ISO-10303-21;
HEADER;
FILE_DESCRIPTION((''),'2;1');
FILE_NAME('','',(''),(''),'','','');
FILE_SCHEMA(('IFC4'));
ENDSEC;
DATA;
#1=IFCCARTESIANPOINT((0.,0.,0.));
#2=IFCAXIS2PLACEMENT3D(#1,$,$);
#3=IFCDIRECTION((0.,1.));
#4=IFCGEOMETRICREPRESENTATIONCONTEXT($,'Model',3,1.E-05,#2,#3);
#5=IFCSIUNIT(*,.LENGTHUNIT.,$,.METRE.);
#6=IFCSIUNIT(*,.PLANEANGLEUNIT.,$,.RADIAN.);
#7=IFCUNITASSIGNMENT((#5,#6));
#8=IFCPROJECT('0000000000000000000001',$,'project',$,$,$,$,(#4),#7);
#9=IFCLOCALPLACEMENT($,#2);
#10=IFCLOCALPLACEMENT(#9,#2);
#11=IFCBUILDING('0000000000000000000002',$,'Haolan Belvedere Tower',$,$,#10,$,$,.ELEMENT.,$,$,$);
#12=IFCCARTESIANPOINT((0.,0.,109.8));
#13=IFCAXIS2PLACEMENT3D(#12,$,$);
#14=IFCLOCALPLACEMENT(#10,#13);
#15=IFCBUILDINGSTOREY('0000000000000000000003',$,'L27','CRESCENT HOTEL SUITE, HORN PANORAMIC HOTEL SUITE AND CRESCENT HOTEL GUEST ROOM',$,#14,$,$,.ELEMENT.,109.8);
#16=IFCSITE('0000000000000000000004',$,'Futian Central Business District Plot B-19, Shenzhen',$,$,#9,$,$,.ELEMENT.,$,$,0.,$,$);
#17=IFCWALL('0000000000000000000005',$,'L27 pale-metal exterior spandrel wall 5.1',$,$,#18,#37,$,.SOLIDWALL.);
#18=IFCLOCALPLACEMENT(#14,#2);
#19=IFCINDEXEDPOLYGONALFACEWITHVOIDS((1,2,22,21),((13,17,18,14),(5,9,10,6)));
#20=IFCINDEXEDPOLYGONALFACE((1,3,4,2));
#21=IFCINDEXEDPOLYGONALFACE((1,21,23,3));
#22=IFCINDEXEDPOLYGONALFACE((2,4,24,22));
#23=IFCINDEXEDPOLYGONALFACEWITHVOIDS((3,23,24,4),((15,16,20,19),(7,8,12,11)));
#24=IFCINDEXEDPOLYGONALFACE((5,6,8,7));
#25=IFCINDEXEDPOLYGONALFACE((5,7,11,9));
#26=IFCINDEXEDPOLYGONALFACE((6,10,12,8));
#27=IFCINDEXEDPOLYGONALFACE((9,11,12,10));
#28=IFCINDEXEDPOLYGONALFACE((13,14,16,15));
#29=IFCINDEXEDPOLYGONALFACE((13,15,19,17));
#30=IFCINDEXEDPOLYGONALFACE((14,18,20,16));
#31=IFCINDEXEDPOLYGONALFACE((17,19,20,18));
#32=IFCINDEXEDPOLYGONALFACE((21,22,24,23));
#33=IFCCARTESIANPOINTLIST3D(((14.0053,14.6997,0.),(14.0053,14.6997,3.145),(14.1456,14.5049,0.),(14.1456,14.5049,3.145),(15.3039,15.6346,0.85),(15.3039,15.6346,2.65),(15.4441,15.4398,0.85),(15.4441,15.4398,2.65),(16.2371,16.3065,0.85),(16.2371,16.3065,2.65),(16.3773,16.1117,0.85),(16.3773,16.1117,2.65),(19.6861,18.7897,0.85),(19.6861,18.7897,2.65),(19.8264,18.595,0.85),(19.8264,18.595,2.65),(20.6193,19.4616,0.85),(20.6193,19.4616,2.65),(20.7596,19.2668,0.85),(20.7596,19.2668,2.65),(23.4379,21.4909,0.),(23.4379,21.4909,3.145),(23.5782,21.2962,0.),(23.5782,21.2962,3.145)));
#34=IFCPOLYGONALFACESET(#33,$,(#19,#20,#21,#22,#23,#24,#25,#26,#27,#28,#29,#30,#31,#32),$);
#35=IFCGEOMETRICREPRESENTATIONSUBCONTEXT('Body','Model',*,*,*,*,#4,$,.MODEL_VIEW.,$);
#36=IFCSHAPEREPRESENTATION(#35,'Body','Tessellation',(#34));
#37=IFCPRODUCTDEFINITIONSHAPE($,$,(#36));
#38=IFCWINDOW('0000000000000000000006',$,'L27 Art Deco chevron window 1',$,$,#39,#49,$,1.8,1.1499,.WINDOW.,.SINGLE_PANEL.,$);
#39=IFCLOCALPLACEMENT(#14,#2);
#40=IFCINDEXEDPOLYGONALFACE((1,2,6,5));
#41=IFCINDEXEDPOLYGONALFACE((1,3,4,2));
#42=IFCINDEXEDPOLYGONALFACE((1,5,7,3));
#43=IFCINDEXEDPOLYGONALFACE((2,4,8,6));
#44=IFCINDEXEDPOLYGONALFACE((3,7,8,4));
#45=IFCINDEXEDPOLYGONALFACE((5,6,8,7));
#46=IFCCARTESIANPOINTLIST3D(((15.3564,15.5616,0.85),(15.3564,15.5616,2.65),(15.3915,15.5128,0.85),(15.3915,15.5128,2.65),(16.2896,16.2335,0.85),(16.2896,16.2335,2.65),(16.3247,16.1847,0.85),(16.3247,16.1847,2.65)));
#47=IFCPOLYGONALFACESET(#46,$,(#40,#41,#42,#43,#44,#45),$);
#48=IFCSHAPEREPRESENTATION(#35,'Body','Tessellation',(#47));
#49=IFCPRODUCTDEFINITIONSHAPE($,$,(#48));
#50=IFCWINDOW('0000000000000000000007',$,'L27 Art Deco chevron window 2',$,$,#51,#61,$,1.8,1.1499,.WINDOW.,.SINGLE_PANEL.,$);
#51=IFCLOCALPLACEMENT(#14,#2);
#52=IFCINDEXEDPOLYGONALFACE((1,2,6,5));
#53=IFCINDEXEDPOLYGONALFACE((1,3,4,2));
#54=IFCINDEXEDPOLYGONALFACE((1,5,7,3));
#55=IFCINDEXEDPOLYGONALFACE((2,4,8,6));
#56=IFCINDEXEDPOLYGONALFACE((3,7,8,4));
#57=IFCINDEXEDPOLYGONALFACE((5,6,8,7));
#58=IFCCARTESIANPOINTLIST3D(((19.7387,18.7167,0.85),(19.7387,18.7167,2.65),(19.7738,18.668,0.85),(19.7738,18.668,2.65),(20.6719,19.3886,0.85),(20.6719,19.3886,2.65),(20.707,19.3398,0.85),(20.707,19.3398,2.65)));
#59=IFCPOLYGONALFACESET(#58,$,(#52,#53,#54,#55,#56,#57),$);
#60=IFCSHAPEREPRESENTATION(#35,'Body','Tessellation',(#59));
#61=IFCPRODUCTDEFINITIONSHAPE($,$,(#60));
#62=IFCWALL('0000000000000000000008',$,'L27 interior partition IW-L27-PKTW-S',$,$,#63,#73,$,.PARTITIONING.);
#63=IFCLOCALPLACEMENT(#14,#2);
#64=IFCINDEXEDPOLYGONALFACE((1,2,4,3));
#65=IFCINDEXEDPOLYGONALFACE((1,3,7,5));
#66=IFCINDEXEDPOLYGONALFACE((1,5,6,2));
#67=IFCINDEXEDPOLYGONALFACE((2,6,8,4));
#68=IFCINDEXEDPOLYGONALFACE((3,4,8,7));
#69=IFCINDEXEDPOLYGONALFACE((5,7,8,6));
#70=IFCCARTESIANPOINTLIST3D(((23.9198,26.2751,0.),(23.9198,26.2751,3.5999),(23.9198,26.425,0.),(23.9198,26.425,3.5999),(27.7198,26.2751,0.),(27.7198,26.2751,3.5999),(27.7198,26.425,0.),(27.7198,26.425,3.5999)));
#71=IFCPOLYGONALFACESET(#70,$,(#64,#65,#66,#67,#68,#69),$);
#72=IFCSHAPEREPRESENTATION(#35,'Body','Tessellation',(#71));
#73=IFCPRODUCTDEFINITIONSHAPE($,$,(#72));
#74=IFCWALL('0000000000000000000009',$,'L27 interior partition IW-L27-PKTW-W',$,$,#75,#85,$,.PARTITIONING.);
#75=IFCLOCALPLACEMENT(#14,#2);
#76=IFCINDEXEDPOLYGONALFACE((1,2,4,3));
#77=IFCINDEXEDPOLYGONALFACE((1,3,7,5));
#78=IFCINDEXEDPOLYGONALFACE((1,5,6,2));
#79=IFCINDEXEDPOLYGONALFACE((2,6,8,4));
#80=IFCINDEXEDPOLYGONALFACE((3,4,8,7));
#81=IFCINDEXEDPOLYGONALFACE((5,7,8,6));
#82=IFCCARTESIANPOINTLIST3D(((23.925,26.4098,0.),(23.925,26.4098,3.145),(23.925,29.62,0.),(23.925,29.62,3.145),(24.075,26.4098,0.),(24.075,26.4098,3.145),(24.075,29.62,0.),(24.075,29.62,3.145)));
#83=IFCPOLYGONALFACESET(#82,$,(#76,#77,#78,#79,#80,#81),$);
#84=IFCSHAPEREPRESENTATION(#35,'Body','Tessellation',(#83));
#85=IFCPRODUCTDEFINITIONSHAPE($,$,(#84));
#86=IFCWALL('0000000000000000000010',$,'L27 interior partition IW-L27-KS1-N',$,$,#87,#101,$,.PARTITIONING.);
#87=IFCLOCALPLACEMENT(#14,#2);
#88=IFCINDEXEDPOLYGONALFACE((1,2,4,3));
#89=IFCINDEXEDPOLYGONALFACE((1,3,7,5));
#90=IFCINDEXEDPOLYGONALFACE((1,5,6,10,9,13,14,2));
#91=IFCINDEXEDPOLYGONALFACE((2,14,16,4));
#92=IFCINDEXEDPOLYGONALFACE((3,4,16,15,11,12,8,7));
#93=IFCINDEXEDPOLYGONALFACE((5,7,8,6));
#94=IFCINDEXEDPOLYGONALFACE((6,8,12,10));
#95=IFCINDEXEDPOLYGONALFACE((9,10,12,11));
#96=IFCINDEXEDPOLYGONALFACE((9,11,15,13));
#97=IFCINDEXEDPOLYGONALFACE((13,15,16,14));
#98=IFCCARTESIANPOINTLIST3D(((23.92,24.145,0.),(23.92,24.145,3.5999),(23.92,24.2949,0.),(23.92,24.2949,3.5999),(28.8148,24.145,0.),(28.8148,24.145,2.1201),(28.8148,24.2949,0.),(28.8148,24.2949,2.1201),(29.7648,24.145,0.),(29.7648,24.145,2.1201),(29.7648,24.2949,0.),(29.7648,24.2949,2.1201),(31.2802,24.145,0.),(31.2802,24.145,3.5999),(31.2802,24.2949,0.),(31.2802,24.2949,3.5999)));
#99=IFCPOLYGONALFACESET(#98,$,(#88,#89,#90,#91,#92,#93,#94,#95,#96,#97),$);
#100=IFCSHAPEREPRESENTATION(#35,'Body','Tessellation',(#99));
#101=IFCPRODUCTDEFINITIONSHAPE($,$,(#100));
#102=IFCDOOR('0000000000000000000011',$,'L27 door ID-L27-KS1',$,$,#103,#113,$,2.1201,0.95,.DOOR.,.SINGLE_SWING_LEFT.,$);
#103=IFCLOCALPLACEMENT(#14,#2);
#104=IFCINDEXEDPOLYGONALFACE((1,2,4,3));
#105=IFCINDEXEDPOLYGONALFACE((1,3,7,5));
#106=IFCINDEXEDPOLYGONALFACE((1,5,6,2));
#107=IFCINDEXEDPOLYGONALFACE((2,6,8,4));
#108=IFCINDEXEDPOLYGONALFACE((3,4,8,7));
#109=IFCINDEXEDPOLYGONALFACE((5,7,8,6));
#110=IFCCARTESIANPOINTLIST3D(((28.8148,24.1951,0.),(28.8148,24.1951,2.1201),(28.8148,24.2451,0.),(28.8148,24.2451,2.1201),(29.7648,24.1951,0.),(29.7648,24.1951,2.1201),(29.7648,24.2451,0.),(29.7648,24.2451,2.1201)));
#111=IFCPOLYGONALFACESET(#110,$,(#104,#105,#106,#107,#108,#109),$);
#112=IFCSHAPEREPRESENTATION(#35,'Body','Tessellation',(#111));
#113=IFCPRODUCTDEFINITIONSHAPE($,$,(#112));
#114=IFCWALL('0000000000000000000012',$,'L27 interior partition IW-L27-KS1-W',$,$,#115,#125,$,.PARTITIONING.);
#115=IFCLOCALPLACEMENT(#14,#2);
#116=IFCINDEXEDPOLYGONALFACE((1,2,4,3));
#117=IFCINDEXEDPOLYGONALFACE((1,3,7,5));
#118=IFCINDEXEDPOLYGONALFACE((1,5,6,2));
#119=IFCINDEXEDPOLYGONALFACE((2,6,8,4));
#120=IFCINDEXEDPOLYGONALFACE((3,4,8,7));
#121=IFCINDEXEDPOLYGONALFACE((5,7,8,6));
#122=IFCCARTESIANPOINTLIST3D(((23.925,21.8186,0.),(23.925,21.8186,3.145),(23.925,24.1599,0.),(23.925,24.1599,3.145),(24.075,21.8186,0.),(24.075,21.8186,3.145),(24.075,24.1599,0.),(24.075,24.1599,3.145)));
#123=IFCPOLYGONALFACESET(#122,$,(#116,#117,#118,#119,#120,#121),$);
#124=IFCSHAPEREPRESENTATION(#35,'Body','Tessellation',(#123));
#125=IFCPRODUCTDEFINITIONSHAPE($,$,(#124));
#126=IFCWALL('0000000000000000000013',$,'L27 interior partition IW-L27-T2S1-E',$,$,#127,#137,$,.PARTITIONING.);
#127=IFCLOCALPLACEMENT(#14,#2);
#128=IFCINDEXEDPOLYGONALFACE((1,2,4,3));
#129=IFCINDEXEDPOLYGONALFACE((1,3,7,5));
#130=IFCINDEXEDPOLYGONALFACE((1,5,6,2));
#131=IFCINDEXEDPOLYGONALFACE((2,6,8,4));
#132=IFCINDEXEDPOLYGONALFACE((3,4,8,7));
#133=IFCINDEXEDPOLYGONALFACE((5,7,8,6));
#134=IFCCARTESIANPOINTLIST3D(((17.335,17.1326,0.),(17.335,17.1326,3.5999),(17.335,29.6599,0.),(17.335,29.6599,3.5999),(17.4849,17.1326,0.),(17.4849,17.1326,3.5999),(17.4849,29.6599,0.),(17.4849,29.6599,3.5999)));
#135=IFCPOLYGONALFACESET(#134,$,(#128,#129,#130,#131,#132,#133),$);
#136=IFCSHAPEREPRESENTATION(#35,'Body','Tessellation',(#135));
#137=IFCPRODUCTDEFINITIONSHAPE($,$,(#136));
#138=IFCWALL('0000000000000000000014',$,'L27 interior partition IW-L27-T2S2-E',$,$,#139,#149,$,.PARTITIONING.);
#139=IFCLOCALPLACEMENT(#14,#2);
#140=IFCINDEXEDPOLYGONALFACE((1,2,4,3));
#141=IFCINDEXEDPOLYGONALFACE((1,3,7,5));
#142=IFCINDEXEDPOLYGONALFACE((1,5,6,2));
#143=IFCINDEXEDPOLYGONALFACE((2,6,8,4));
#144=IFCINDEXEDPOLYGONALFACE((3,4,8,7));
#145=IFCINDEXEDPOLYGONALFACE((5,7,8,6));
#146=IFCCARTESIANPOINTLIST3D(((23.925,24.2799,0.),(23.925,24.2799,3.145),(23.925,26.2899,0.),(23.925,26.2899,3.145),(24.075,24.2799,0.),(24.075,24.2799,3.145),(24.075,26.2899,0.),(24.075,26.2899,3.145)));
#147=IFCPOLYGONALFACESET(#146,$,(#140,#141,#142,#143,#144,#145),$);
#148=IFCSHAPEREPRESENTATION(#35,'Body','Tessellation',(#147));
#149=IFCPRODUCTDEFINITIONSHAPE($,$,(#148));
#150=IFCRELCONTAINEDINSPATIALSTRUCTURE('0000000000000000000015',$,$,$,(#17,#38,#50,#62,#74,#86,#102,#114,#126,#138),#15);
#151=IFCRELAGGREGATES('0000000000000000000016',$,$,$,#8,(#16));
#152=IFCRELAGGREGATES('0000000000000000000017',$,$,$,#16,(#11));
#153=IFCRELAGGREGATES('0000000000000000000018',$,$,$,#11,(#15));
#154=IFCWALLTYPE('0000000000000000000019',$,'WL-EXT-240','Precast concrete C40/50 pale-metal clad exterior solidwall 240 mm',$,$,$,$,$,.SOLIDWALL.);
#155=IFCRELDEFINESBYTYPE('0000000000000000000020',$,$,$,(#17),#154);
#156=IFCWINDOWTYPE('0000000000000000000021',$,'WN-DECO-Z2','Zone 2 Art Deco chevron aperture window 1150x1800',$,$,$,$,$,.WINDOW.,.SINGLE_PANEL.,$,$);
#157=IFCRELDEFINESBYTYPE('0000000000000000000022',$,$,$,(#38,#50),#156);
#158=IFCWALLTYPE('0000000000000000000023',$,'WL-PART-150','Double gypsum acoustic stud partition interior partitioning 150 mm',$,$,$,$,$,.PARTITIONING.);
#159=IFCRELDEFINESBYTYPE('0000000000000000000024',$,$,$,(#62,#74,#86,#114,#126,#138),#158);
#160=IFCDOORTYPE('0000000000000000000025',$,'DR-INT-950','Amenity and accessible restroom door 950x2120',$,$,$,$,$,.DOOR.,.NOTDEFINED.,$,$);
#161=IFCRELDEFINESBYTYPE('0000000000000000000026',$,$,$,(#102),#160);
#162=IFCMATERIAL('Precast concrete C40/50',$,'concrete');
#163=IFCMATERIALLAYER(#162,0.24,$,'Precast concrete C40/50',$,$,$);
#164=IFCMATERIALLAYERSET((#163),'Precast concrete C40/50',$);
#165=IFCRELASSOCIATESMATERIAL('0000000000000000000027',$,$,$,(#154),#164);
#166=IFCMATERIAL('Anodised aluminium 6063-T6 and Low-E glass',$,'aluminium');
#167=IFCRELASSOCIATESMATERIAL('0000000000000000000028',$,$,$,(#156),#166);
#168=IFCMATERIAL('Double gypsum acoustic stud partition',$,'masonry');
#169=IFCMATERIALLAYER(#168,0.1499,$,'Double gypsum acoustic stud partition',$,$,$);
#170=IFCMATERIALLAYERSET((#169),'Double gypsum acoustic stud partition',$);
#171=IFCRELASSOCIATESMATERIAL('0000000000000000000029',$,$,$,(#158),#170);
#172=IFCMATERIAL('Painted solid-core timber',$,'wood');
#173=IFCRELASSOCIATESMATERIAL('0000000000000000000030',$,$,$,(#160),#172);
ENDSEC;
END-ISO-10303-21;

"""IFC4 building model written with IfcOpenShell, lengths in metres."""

from ifc_helpers import new_model, si_unit, direction, frame, frame_2d, origin, place, context, subcontext, project, spatial, rectangle, extrude, material, layer, layer_set, type_object, element, fill, save


model = new_model("IFC4")

# Units and contexts
model_context = context("Model", 3, precision=1e-05, world=origin(), true_north=direction((0.0, 1.0)))
body_context = subcontext(model_context, "Body", "Model", "MODEL_VIEW")
ifc_project = project(units=[si_unit("LENGTHUNIT", "METRE"), si_unit("PLANEANGLEUNIT", "RADIAN")], contexts=[model_context])

# Site, building, storey
site_placement = place(None, origin())
site = spatial("IfcSite", under=ifc_project, at=site_placement, Name="Futian Central Business District Plot B-19, Shenzhen", CompositionType="ELEMENT", RefElevation=0.0)
building_placement = place(site_placement, origin())
building = spatial("IfcBuilding", under=site, at=building_placement, Name="Haolan Belvedere Tower", CompositionType="ELEMENT")
storey_placement = place(building_placement, frame((0.0, 0.0, 109.8)))
storey = spatial("IfcBuildingStorey", under=building, at=storey_placement, Name="L27", Description="CRESCENT HOTEL SUITE, HORN PANORAMIC HOTEL SUITE AND CRESCENT HOTEL GUEST ROOM", CompositionType="ELEMENT", Elevation=109.8)

# Shared definitions
ifc_material_1 = material(Name="Precast concrete C40/50", Category="concrete")
ifc_layer_1 = layer(ifc_material_1, 0.24, Name="Precast concrete C40/50")
ifc_layer_set_1 = layer_set([ifc_layer_1], Name="Precast concrete C40/50")
wall_type_1 = type_object("IfcWallType", Name="WL-EXT-240", Description="Precast concrete C40/50 pale-metal clad exterior solidwall 240 mm", PredefinedType="SOLIDWALL", material=ifc_layer_set_1)

# Wall, openings, windows
wall_1_placement = place(storey_placement, frame((14.0754, 14.6023, 0.0), z_axis=(0.0, 0.0, 1.0), x_axis=(0.811544, 0.584292, 0.0)))
wall_1 = element("IfcWall", 1, at=wall_1_placement, inside=storey, type_object=wall_type_1, Name="L27 pale-metal exterior spandrel wall 5.1", PredefinedType="SOLIDWALL", context=body_context, shape_type="SweptSolid", body=[
    extrude(rectangle(XDim=11.623, YDim=0.24, at=frame_2d((5.8115, 0.0))), origin(), (0.0, 0.0, 1.0), 3.145),
])
opening_1_placement = place(wall_1_placement, frame((1.6001, 0.0, 0.8501)))
opening_1 = element("IfcOpeningElement", 2, at=opening_1_placement, cuts=wall_1, PredefinedType="OPENING", context=body_context, shape_type="SweptSolid", body=[
    extrude(rectangle(XDim=1.1499, YDim=1.8, at=frame_2d((0.575, 0.8999))), frame((0.0, 0.1299, 0.0), z_axis=(0.0, -1.0, 0.0), x_axis=(1.0, 0.0, 0.0)), (0.0, 0.0, 1.0), 0.26),
])
opening_2_placement = place(wall_1_placement, frame((7.0, 0.0, 0.8501)))
opening_2 = element("IfcOpeningElement", 3, at=opening_2_placement, cuts=wall_1, PredefinedType="OPENING", context=body_context, shape_type="SweptSolid", body=[
    extrude(rectangle(XDim=1.1499, YDim=1.8, at=frame_2d((0.575, 0.8999))), frame((0.0, 0.1299, 0.0), z_axis=(0.0, -1.0, 0.0), x_axis=(1.0, 0.0, 0.0)), (0.0, 0.0, 1.0), 0.26),
])
ifc_material_2 = material(Name="Anodised aluminium 6063-T6 and Low-E glass", Category="aluminium")
window_type = type_object("IfcWindowType", Name="WN-DECO-Z2", Description="Zone 2 Art Deco chevron aperture window 1150x1800", PartitioningType="SINGLE_PANEL", PredefinedType="WINDOW", material=ifc_material_2)
window_1_placement = place(opening_1_placement, origin())
window_1 = element("IfcWindow", 4, at=window_1_placement, inside=storey, type_object=window_type, Name="L27 Art Deco chevron window 1", OverallHeight=1.8, OverallWidth=1.1499, PartitioningType="SINGLE_PANEL", PredefinedType="WINDOW", context=body_context, shape_type="SweptSolid", body=[
    extrude(rectangle(XDim=1.1499, YDim=1.8, at=frame_2d((0.575, 0.8999))), frame((0.0, 0.03, 0.0), z_axis=(0.0, -1.0, 0.0), x_axis=(1.0, 0.0, 0.0)), (0.0, 0.0, 1.0), 0.0601),
])
fill(opening_1, window_1)
window_2_placement = place(opening_2_placement, origin())
window_2 = element("IfcWindow", 5, at=window_2_placement, inside=storey, type_object=window_type, Name="L27 Art Deco chevron window 2", OverallHeight=1.8, OverallWidth=1.1499, PartitioningType="SINGLE_PANEL", PredefinedType="WINDOW", context=body_context, shape_type="SweptSolid", body=[
    extrude(rectangle(XDim=1.1499, YDim=1.8, at=frame_2d((0.575, 0.8999))), frame((0.0, 0.03, 0.0), z_axis=(0.0, -1.0, 0.0), x_axis=(1.0, 0.0, 0.0)), (0.0, 0.0, 1.0), 0.0601),
])
fill(opening_2, window_2)

# Walls
ifc_material_3 = material(Name="Double gypsum acoustic stud partition", Category="masonry")
ifc_layer_2 = layer(ifc_material_3, 0.1499, Name="Double gypsum acoustic stud partition")
ifc_layer_set_2 = layer_set([ifc_layer_2], Name="Double gypsum acoustic stud partition")
wall_type_2 = type_object("IfcWallType", Name="WL-PART-150", Description="Double gypsum acoustic stud partition interior partitioning 150 mm", PredefinedType="PARTITIONING", material=ifc_layer_set_2)
wall_2_placement = place(storey_placement, frame((23.9199, 26.3501, 0.0), z_axis=(0.0, 0.0, 1.0), x_axis=(1.0, 0.0, 0.0)))
element("IfcWall", 6, at=wall_2_placement, inside=storey, type_object=wall_type_2, Name="L27 interior partition IW-L27-PKTW-S", PredefinedType="PARTITIONING", context=body_context, shape_type="SweptSolid", body=[
    extrude(rectangle(XDim=3.8, YDim=0.1499, at=frame_2d((1.8999, 0.0))), origin(), (0.0, 0.0, 1.0), 3.5999),
])
wall_3_placement = place(storey_placement, frame((24.0, 26.4099, 0.0), z_axis=(0.0, 0.0, 1.0), x_axis=(0.0, 1.0, 0.0)))
element("IfcWall", 7, at=wall_3_placement, inside=storey, type_object=wall_type_2, Name="L27 interior partition IW-L27-PKTW-W", PredefinedType="PARTITIONING", context=body_context, shape_type="SweptSolid", body=[
    extrude(rectangle(XDim=3.2102, YDim=0.1499, at=frame_2d((1.605, 0.0))), origin(), (0.0, 0.0, 1.0), 3.145),
])

# Wall, opening, door
wall_4_placement = place(storey_placement, frame((23.9199, 24.22, 0.0), z_axis=(0.0, 0.0, 1.0), x_axis=(1.0, 0.0, 0.0)))
wall_4 = element("IfcWall", 8, at=wall_4_placement, inside=storey, type_object=wall_type_2, Name="L27 interior partition IW-L27-KS1-N", PredefinedType="PARTITIONING", context=body_context, shape_type="SweptSolid", body=[
    extrude(rectangle(XDim=7.3601, YDim=0.1499, at=frame_2d((3.6802, 0.0))), origin(), (0.0, 0.0, 1.0), 3.5999),
])
opening_3_placement = place(wall_4_placement, frame((5.845, 0.0, 0.0), z_axis=(0.0, 0.0, 1.0), x_axis=(-1.0, 0.0, 0.0)))
opening_3 = element("IfcOpeningElement", 9, at=opening_3_placement, cuts=wall_4, PredefinedType="OPENING", context=body_context, shape_type="SweptSolid", body=[
    extrude(rectangle(XDim=0.95, YDim=2.1201, at=frame_2d((0.4751, 1.0601))), frame((0.0, 0.085, 0.0), z_axis=(0.0, -1.0, 0.0), x_axis=(1.0, 0.0, 0.0)), (0.0, 0.0, 1.0), 0.1699),
])
ifc_material_4 = material(Name="Painted solid-core timber", Category="wood")
door_type_1 = type_object("IfcDoorType", Name="DR-INT-950", Description="Amenity and accessible restroom door 950x2120", OperationType="NOTDEFINED", PredefinedType="DOOR", material=ifc_material_4)
door_1_placement = place(opening_3_placement, origin())
door_1 = element("IfcDoor", 10, at=door_1_placement, inside=storey, type_object=door_type_1, Name="L27 door ID-L27-KS1", OperationType="SINGLE_SWING_LEFT", OverallHeight=2.1201, OverallWidth=0.95, PredefinedType="DOOR", context=body_context, shape_type="SweptSolid", body=[
    extrude(rectangle(XDim=0.95, YDim=2.1201, at=frame_2d((0.4751, 1.0601))), frame((0.0, 0.0249, 0.0), z_axis=(0.0, -1.0, 0.0), x_axis=(1.0, 0.0, 0.0)), (0.0, 0.0, 1.0), 0.05),
])
fill(opening_3, door_1)

# Walls
wall_5_placement = place(storey_placement, frame((24.0, 21.8186, 0.0), z_axis=(0.0, 0.0, 1.0), x_axis=(0.0, 1.0, 0.0)))
element("IfcWall", 11, at=wall_5_placement, inside=storey, type_object=wall_type_2, Name="L27 interior partition IW-L27-KS1-W", PredefinedType="PARTITIONING", context=body_context, shape_type="SweptSolid", body=[
    extrude(rectangle(XDim=2.3413, YDim=0.1499, at=frame_2d((1.1707, 0.0))), origin(), (0.0, 0.0, 1.0), 3.145),
])
wall_6_placement = place(storey_placement, frame((17.4099, 17.1326, 0.0), z_axis=(0.0, 0.0, 1.0), x_axis=(0.0, 1.0, 0.0)))
element("IfcWall", 12, at=wall_6_placement, inside=storey, type_object=wall_type_2, Name="L27 interior partition IW-L27-T2S1-E", PredefinedType="PARTITIONING", context=body_context, shape_type="SweptSolid", body=[
    extrude(rectangle(XDim=12.5273, YDim=0.1499, at=frame_2d((6.2637, 0.0))), origin(), (0.0, 0.0, 1.0), 3.5999),
])
wall_7_placement = place(storey_placement, frame((24.0, 24.28, 0.0), z_axis=(0.0, 0.0, 1.0), x_axis=(0.0, 1.0, 0.0)))
element("IfcWall", 13, at=wall_7_placement, inside=storey, type_object=wall_type_2, Name="L27 interior partition IW-L27-T2S2-E", PredefinedType="PARTITIONING", context=body_context, shape_type="SweptSolid", body=[
    extrude(rectangle(XDim=2.01, YDim=0.1499, at=frame_2d((1.0049, 0.0))), origin(), (0.0, 0.0, 1.0), 3.145),
])

save(model, "model.ifc")
